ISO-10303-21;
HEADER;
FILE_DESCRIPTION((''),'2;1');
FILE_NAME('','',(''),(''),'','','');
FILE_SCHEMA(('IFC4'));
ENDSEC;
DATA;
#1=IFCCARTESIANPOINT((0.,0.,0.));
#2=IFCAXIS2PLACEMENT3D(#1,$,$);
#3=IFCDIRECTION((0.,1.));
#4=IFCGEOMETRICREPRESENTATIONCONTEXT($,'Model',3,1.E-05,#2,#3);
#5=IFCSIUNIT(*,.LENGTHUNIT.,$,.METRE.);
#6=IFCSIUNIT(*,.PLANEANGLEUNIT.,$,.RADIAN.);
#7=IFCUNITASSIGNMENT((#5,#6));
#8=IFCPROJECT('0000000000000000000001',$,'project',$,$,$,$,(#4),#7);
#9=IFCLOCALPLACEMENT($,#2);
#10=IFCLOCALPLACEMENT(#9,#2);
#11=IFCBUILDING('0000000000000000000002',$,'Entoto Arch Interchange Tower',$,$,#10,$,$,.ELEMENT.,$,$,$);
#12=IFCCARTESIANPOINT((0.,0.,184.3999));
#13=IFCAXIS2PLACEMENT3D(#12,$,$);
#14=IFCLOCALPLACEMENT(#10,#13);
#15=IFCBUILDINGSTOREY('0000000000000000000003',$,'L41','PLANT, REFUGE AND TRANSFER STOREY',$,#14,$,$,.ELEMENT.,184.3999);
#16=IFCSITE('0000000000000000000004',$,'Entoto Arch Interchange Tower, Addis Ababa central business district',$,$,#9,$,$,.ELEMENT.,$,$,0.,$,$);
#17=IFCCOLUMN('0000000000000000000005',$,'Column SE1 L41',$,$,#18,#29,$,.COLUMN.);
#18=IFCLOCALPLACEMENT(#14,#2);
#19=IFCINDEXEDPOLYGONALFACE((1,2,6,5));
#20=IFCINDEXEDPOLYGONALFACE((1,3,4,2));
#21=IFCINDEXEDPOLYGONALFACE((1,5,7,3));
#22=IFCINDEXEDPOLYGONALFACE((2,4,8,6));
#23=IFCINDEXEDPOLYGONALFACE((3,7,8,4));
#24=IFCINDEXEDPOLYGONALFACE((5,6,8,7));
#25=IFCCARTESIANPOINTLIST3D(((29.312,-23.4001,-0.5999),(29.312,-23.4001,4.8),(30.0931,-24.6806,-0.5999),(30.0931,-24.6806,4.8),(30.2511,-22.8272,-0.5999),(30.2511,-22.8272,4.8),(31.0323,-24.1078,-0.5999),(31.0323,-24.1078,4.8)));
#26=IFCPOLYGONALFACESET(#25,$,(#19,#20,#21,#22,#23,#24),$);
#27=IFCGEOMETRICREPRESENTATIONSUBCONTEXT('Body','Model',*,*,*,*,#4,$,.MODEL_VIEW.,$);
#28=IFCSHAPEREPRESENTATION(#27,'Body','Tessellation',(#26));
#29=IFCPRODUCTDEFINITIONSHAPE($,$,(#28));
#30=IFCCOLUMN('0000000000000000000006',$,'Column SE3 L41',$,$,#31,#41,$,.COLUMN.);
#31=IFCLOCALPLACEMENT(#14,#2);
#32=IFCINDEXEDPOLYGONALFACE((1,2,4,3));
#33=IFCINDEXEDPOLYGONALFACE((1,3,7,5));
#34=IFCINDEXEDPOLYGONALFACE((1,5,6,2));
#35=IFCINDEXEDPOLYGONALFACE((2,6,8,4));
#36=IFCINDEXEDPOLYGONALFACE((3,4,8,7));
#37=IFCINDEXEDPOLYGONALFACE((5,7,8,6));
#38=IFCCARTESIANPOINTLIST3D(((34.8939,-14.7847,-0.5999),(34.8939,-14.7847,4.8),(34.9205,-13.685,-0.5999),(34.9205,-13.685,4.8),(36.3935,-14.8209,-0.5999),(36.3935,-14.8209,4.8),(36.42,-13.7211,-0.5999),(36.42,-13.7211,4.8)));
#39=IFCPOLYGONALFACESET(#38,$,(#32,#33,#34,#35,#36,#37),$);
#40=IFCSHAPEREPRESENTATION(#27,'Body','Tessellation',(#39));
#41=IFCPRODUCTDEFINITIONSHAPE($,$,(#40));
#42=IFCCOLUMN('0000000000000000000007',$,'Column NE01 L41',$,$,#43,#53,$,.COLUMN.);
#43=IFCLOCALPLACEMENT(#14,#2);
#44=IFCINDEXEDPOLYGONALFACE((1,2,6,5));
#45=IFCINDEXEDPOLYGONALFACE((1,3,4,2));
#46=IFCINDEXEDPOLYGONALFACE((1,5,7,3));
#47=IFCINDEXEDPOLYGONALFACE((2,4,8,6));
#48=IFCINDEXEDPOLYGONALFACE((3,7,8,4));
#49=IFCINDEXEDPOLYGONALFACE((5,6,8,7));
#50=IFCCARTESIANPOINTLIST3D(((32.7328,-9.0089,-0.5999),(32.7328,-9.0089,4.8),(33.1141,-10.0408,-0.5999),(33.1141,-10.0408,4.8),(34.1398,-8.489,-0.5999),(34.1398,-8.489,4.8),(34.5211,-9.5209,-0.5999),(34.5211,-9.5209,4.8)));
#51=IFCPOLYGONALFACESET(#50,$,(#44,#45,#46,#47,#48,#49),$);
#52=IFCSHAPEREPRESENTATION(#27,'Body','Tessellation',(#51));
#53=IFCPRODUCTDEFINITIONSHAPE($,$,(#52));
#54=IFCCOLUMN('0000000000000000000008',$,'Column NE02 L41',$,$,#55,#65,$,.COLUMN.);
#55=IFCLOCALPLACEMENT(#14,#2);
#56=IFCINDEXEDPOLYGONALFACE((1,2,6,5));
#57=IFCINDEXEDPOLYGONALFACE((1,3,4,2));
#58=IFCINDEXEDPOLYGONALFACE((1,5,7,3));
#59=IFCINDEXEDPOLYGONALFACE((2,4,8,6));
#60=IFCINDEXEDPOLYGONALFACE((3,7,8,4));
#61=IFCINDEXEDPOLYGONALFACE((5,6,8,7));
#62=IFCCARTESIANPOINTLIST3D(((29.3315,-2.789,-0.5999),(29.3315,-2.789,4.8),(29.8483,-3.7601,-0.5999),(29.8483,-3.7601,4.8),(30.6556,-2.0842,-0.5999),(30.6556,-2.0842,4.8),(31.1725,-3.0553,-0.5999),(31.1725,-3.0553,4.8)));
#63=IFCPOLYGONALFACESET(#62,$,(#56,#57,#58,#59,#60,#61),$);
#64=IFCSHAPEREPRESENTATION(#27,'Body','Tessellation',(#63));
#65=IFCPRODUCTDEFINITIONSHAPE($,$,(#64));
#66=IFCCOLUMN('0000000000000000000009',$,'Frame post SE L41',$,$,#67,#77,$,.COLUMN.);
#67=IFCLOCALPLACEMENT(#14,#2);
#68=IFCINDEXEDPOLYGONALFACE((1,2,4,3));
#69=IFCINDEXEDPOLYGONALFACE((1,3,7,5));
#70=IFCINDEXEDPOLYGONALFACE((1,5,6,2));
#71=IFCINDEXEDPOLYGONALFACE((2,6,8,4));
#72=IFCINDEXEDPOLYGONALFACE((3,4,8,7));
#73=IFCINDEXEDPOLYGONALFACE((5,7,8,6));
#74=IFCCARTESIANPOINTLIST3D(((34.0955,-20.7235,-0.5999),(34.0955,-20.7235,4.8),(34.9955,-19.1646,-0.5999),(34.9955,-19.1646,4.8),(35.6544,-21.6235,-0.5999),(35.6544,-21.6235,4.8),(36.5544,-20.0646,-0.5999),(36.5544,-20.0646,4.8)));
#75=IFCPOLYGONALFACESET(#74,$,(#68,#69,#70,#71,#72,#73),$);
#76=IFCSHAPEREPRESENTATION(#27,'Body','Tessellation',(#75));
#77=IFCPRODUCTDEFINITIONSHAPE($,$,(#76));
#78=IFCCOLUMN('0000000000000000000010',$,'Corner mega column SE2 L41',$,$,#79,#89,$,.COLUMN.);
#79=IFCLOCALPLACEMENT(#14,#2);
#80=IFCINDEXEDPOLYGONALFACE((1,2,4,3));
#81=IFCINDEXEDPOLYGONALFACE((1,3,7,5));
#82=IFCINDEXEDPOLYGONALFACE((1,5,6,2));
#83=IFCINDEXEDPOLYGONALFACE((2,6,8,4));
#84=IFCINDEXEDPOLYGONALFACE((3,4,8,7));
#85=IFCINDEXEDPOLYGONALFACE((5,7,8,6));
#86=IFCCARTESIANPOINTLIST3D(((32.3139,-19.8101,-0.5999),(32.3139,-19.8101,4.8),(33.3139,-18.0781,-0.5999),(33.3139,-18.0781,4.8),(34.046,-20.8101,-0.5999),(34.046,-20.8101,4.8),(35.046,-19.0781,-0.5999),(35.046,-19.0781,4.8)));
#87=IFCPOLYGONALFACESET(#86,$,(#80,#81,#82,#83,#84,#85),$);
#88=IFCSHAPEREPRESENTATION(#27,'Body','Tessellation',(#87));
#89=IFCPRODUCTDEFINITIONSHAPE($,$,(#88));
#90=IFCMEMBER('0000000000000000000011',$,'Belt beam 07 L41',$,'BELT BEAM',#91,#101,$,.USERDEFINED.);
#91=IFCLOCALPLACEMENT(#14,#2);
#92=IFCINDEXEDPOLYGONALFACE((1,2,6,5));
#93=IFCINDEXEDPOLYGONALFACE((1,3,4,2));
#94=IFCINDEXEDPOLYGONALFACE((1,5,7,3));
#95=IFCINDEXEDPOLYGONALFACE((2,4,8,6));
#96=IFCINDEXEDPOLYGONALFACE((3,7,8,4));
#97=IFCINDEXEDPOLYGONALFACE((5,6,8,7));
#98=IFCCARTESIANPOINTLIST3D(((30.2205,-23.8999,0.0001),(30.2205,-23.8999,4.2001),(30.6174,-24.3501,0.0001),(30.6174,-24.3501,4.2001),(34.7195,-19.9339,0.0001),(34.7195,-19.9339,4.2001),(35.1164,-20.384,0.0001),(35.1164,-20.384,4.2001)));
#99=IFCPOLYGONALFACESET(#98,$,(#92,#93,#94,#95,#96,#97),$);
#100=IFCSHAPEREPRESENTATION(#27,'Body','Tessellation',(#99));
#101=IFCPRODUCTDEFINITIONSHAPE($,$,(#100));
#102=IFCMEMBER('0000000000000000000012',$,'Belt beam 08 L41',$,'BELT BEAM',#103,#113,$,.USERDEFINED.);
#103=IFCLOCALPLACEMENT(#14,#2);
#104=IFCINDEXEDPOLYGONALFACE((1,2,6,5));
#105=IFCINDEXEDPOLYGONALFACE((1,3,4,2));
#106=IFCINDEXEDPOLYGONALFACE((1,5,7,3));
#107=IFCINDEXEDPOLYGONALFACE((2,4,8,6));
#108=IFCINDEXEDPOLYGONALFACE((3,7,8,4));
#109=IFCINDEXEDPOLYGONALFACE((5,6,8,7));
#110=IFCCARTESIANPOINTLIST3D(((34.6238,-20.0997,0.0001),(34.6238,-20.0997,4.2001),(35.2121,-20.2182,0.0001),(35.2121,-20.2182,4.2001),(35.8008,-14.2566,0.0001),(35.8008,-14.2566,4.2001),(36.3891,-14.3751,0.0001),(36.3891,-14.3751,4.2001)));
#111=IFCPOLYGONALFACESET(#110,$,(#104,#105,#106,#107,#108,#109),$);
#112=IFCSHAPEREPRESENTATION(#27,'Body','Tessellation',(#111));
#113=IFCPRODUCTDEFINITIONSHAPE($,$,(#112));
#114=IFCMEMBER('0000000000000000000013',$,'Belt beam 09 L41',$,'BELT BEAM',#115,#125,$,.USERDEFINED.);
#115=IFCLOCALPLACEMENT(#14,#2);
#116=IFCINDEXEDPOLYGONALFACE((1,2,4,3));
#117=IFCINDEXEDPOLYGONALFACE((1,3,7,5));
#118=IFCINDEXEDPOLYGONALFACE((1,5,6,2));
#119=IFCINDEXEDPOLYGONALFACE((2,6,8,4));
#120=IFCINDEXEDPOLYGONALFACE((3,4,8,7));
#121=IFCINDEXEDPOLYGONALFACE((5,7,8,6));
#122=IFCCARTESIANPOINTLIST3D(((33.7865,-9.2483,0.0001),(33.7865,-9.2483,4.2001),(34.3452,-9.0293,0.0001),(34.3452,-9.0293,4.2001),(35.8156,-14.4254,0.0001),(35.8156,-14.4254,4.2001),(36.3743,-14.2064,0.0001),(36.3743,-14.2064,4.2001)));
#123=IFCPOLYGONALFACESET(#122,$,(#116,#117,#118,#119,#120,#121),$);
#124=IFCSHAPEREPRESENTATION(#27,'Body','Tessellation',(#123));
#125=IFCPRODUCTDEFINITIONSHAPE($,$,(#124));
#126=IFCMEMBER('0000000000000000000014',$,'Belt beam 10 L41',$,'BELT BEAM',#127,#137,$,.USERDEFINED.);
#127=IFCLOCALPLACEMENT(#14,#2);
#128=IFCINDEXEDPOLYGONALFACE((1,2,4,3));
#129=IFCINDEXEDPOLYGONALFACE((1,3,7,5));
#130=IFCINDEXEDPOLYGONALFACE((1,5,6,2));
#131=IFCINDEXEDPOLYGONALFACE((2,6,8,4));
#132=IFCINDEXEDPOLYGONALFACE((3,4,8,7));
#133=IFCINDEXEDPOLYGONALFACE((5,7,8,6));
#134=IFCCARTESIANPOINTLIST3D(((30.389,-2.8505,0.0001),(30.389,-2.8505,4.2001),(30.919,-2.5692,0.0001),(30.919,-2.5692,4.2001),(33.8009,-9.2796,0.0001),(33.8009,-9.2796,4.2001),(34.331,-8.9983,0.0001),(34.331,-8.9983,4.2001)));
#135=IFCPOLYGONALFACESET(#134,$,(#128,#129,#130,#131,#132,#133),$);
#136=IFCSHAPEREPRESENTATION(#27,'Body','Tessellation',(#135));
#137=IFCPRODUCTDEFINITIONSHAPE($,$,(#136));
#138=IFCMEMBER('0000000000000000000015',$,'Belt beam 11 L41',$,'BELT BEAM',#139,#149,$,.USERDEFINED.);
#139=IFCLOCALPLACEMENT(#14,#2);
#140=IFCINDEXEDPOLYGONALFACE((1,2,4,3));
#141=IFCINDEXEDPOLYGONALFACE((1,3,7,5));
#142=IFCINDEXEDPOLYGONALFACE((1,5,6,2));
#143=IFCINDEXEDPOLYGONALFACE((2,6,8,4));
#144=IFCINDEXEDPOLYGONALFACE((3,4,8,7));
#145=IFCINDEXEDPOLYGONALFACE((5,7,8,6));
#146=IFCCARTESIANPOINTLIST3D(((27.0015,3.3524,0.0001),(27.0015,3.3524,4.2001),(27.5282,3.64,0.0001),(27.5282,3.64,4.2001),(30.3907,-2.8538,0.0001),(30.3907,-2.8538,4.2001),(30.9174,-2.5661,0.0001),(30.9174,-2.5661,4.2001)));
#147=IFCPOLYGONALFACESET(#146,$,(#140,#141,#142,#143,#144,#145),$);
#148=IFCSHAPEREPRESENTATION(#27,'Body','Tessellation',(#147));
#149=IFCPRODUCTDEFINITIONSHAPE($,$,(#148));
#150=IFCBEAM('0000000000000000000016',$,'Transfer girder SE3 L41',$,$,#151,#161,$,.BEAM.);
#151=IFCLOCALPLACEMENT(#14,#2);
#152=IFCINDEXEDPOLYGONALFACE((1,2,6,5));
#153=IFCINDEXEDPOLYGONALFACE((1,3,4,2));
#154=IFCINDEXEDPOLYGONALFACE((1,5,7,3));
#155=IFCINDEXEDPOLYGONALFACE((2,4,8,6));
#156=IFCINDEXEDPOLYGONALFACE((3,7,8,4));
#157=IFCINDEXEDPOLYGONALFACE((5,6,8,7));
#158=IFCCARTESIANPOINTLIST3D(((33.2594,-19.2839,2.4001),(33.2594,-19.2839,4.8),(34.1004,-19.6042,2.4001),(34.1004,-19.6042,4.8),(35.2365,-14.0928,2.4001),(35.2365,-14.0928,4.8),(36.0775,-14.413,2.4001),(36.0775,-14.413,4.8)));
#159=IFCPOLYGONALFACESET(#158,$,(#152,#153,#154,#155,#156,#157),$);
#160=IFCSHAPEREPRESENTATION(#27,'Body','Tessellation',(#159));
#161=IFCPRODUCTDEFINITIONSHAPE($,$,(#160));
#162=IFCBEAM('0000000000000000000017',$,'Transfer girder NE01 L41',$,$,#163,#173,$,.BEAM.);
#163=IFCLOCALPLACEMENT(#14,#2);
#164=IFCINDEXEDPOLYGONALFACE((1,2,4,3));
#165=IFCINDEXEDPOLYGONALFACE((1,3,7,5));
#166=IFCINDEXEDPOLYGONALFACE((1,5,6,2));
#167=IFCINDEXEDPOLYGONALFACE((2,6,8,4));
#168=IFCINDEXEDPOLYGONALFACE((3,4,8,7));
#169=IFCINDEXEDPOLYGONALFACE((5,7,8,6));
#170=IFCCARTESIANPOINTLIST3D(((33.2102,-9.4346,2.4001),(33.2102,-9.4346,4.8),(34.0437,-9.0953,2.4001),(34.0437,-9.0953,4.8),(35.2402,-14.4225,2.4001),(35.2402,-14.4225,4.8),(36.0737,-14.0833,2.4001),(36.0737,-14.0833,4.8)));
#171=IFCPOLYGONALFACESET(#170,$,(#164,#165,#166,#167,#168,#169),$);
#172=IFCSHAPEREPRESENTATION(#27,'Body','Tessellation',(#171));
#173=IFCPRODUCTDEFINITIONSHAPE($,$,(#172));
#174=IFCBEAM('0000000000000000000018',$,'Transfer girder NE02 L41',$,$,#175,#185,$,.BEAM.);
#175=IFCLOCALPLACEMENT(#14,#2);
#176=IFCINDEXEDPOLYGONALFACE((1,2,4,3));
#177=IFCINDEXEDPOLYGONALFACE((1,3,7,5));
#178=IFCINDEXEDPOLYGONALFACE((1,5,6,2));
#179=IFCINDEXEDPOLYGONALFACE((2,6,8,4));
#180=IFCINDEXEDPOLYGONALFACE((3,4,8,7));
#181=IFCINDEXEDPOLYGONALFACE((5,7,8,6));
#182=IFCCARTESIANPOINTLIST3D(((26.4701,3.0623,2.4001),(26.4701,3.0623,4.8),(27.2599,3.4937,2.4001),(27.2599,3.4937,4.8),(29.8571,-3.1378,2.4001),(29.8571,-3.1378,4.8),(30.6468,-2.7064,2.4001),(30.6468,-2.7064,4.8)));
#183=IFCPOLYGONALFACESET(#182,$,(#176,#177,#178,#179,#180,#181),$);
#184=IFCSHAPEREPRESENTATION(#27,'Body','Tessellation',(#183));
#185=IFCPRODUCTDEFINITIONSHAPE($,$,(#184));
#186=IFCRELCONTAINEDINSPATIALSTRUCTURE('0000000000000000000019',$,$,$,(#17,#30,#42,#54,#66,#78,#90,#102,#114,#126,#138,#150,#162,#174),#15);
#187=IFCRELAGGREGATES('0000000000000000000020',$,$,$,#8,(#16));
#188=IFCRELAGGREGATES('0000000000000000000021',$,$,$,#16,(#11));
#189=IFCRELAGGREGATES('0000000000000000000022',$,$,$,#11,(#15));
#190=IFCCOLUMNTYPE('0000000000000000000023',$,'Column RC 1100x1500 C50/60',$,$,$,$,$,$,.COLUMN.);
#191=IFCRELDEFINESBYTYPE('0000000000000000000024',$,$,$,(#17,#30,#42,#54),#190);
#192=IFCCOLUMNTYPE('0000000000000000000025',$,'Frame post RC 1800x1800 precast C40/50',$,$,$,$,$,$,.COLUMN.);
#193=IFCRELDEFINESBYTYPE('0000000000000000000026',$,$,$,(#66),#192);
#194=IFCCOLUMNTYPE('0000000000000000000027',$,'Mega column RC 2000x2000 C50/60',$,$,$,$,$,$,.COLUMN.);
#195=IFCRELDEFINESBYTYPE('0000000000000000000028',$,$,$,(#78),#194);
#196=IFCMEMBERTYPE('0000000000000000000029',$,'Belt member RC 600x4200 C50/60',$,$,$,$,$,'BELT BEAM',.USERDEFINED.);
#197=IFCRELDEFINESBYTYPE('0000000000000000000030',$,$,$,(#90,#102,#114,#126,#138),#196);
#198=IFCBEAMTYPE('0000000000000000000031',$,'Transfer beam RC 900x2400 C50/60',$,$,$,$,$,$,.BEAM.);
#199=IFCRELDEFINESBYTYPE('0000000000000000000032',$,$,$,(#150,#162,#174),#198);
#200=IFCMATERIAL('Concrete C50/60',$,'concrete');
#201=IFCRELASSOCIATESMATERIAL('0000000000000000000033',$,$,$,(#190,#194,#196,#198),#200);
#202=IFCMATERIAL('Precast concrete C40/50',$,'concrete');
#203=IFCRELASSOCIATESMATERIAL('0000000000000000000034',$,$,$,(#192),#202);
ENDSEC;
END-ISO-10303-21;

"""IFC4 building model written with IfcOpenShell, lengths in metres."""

from ifc_helpers import new_model, si_unit, direction, frame, origin, origin_2d, place, context, subcontext, project, spatial, rectangle, extrude, material, material_profile, profile_set, type_object, element, save


model = new_model("IFC4")

# Units and contexts
model_context = context("Model", 3, precision=1e-05, world=origin(), true_north=direction((0.0, 1.0)))
body_context = subcontext(model_context, "Body", "Model", "MODEL_VIEW")
ifc_project = project(units=[si_unit("LENGTHUNIT", "METRE"), si_unit("PLANEANGLEUNIT", "RADIAN")], contexts=[model_context])

# Site, building, storey
site_placement = place(None, origin())
site = spatial("IfcSite", under=ifc_project, at=site_placement, Name="Entoto Arch Interchange Tower, Addis Ababa central business district", CompositionType="ELEMENT", RefElevation=0.0)
building_placement = place(site_placement, origin())
building = spatial("IfcBuilding", under=site, at=building_placement, Name="Entoto Arch Interchange Tower", CompositionType="ELEMENT")
storey_placement = place(building_placement, frame((0.0, 0.0, 184.3999)))
storey = spatial("IfcBuildingStorey", under=building, at=storey_placement, Name="L41", Description="PLANT, REFUGE AND TRANSFER STOREY", CompositionType="ELEMENT", Elevation=184.3999)

# Columns
ifc_material_1 = material(Name="Concrete C50/60", Category="concrete")
ifc_material_profile_1 = material_profile(ifc_material_1, rectangle(XDim=1.1001, YDim=1.5, at=origin_2d()))
ifc_profile_set_1 = profile_set([ifc_material_profile_1], Name="Concrete C50/60")
column_type_1 = type_object("IfcColumnType", Name="Column RC 1100x1500 C50/60", PredefinedType="COLUMN", material=ifc_profile_set_1)
for number, where, z_axis, x_axis, name in (
    (1, (30.1721, -23.7539, -0.5999), (0.0, 0.0, 1.0), (0.853714, 0.520741, 0.0), "Column SE1 L41"),
    (2, (35.657, -14.2529, -0.5999), (0.0, 0.0, 1.0), (0.024118, 0.999709, 0.0), "Column SE3 L41"),
    (3, (33.627, -9.2649, -0.5999), (0.0, 0.0, 1.0), (-0.346592, 0.938016, 0.0), "Column NE01 L41"),
    (4, (30.252, -2.9221, -0.5999), (0.0, 0.0, 1.0), (-0.469857, 0.882743, 0.0), "Column NE02 L41"),
):
    element("IfcColumn", number, at=place(storey_placement, frame(where, z_axis=z_axis, x_axis=x_axis)), inside=storey, type_object=column_type_1, Name=name, PredefinedType="COLUMN", context=body_context, shape_type="SweptSolid", body=[
        extrude(rectangle(XDim=1.1001, YDim=1.5, at=origin_2d()), origin(), (0.0, 0.0, 1.0), 5.3999),
    ])
ifc_material_2 = material(Name="Precast concrete C40/50", Category="concrete")
ifc_material_profile_2 = material_profile(ifc_material_2, rectangle(XDim=1.8, YDim=1.8, at=origin_2d()))
ifc_profile_set_2 = profile_set([ifc_material_profile_2], Name="Precast concrete C40/50")
column_type_2 = type_object("IfcColumnType", Name="Frame post RC 1800x1800 precast C40/50", PredefinedType="COLUMN", material=ifc_profile_set_2)
column_1_placement = place(storey_placement, frame((35.325, -20.394, -0.5999), z_axis=(0.0, 0.0, 1.0), x_axis=(-0.866025, 0.5, 0.0)))
element("IfcColumn", 5, at=column_1_placement, inside=storey, type_object=column_type_2, Name="Frame post SE L41", PredefinedType="COLUMN", context=body_context, shape_type="SweptSolid", body=[
    extrude(rectangle(XDim=1.8, YDim=1.8, at=origin_2d()), origin(), (0.0, 0.0, 1.0), 5.3999),
])
ifc_material_profile_3 = material_profile(ifc_material_1, rectangle(XDim=2.0, YDim=2.0, at=origin_2d()))
ifc_profile_set_3 = profile_set([ifc_material_profile_3], Name="Concrete C50/60")
column_type_3 = type_object("IfcColumnType", Name="Mega column RC 2000x2000 C50/60", PredefinedType="COLUMN", material=ifc_profile_set_3)
column_2_placement = place(storey_placement, frame((33.6799, -19.4441, -0.5999), z_axis=(0.0, 0.0, 1.0), x_axis=(-0.866025, 0.5, 0.0)))
element("IfcColumn", 6, at=column_2_placement, inside=storey, type_object=column_type_3, Name="Corner mega column SE2 L41", PredefinedType="COLUMN", context=body_context, shape_type="SweptSolid", body=[
    extrude(rectangle(XDim=2.0, YDim=2.0, at=origin_2d()), origin(), (0.0, 0.0, 1.0), 5.3999),
])

# Members
ifc_material_profile_4 = material_profile(ifc_material_1, rectangle(XDim=0.6001, YDim=4.2, at=origin_2d()))
ifc_profile_set_4 = profile_set([ifc_material_profile_4], Name="Concrete C50/60")
member_type = type_object("IfcMemberType", Name="Belt member RC 600x4200 C50/60", ElementType="BELT BEAM", PredefinedType="USERDEFINED", material=ifc_profile_set_4)
member_1_placement = place(storey_placement, frame((30.4189, -24.125, 2.1001), z_axis=(0.750141, 0.661278, 0.0), x_axis=(-0.661278, 0.750141, 0.0)))
element("IfcMember", 7, at=member_1_placement, inside=storey, type_object=member_type, Name="Belt beam 07 L41", ObjectType="BELT BEAM", PredefinedType="USERDEFINED", context=body_context, shape_type="SweptSolid", body=[
    extrude(rectangle(XDim=0.6001, YDim=4.2, at=origin_2d()), origin(), (0.0, 0.0, 1.0), 5.9976),
])
member_2_placement = place(storey_placement, frame((34.918, -20.1589, 2.1001), z_axis=(0.197471, 0.980309, 0.0), x_axis=(-0.980309, 0.197471, 0.0)))
element("IfcMember", 8, at=member_2_placement, inside=storey, type_object=member_type, Name="Belt beam 08 L41", ObjectType="BELT BEAM", PredefinedType="USERDEFINED", context=body_context, shape_type="SweptSolid", body=[
    extrude(rectangle(XDim=0.6001, YDim=4.2, at=origin_2d()), origin(), (0.0, 0.0, 1.0), 5.9604),
])
member_3_placement = place(storey_placement, frame((36.095, -14.3159, 2.1001), z_axis=(-0.364909, 0.931043, 0.0), x_axis=(-0.931043, -0.364909, 0.0)))
element("IfcMember", 9, at=member_3_placement, inside=storey, type_object=member_type, Name="Belt beam 09 L41", ObjectType="BELT BEAM", PredefinedType="USERDEFINED", context=body_context, shape_type="SweptSolid", body=[
    extrude(rectangle(XDim=0.6001, YDim=4.2, at=origin_2d()), origin(), (0.0, 0.0, 1.0), 5.5605),
])
member_4_placement = place(storey_placement, frame((34.0659, -9.1389, 2.1001), z_axis=(-0.468778, 0.883316, 0.0), x_axis=(-0.883316, -0.468778, 0.0)))
element("IfcMember", 10, at=member_4_placement, inside=storey, type_object=member_type, Name="Belt beam 10 L41", ObjectType="BELT BEAM", PredefinedType="USERDEFINED", context=body_context, shape_type="SweptSolid", body=[
    extrude(rectangle(XDim=0.6001, YDim=4.2, at=origin_2d()), origin(), (0.0, 0.0, 1.0), 7.2783),
])
member_5_placement = place(storey_placement, frame((30.6541, -2.71, 2.1001), z_axis=(-0.479292, 0.877655, 0.0), x_axis=(-0.877655, -0.479292, 0.0)))
element("IfcMember", 11, at=member_5_placement, inside=storey, type_object=member_type, Name="Belt beam 11 L41", ObjectType="BELT BEAM", PredefinedType="USERDEFINED", context=body_context, shape_type="SweptSolid", body=[
    extrude(rectangle(XDim=0.6001, YDim=4.2, at=origin_2d()), origin(), (0.0, 0.0, 1.0), 7.0713),
])

# Beams
ifc_material_profile_5 = material_profile(ifc_material_1, rectangle(XDim=0.8999, YDim=2.3999, at=origin_2d()))
ifc_profile_set_5 = profile_set([ifc_material_profile_5], Name="Concrete C50/60")
beam_type = type_object("IfcBeamType", Name="Transfer beam RC 900x2400 C50/60", PredefinedType="BEAM", material=ifc_profile_set_5)
beam_1_placement = place(storey_placement, frame((33.6799, -19.4441, 3.6001), z_axis=(0.355911, 0.93452, 0.0), x_axis=(-0.93452, 0.355911, 0.0)))
element("IfcBeam", 12, at=beam_1_placement, inside=storey, type_object=beam_type, Name="Transfer girder SE3 L41", PredefinedType="BEAM", context=body_context, shape_type="SweptSolid", body=[
    extrude(rectangle(XDim=0.8999, YDim=2.3999, at=origin_2d()), origin(), (0.0, 0.0, 1.0), 5.5549),
])
beam_2_placement = place(storey_placement, frame((35.657, -14.2529, 3.6001), z_axis=(-0.376957, 0.926231, 0.0), x_axis=(-0.926231, -0.376957, 0.0)))
element("IfcBeam", 13, at=beam_2_placement, inside=storey, type_object=beam_type, Name="Transfer girder NE01 L41", PredefinedType="BEAM", context=body_context, shape_type="SweptSolid", body=[
    extrude(rectangle(XDim=0.8999, YDim=2.3999, at=origin_2d()), origin(), (0.0, 0.0, 1.0), 5.3853),
])
beam_3_placement = place(storey_placement, frame((30.252, -2.9221, 3.6001), z_axis=(-0.479402, 0.877596, 0.0), x_axis=(-0.877596, -0.479402, 0.0)))
element("IfcBeam", 14, at=beam_3_placement, inside=storey, type_object=beam_type, Name="Transfer girder NE02 L41", PredefinedType="BEAM", context=body_context, shape_type="SweptSolid", body=[
    extrude(rectangle(XDim=0.8999, YDim=2.3999, at=origin_2d()), origin(), (0.0, 0.0, 1.0), 7.0649),
])

save(model, "model.ifc")
